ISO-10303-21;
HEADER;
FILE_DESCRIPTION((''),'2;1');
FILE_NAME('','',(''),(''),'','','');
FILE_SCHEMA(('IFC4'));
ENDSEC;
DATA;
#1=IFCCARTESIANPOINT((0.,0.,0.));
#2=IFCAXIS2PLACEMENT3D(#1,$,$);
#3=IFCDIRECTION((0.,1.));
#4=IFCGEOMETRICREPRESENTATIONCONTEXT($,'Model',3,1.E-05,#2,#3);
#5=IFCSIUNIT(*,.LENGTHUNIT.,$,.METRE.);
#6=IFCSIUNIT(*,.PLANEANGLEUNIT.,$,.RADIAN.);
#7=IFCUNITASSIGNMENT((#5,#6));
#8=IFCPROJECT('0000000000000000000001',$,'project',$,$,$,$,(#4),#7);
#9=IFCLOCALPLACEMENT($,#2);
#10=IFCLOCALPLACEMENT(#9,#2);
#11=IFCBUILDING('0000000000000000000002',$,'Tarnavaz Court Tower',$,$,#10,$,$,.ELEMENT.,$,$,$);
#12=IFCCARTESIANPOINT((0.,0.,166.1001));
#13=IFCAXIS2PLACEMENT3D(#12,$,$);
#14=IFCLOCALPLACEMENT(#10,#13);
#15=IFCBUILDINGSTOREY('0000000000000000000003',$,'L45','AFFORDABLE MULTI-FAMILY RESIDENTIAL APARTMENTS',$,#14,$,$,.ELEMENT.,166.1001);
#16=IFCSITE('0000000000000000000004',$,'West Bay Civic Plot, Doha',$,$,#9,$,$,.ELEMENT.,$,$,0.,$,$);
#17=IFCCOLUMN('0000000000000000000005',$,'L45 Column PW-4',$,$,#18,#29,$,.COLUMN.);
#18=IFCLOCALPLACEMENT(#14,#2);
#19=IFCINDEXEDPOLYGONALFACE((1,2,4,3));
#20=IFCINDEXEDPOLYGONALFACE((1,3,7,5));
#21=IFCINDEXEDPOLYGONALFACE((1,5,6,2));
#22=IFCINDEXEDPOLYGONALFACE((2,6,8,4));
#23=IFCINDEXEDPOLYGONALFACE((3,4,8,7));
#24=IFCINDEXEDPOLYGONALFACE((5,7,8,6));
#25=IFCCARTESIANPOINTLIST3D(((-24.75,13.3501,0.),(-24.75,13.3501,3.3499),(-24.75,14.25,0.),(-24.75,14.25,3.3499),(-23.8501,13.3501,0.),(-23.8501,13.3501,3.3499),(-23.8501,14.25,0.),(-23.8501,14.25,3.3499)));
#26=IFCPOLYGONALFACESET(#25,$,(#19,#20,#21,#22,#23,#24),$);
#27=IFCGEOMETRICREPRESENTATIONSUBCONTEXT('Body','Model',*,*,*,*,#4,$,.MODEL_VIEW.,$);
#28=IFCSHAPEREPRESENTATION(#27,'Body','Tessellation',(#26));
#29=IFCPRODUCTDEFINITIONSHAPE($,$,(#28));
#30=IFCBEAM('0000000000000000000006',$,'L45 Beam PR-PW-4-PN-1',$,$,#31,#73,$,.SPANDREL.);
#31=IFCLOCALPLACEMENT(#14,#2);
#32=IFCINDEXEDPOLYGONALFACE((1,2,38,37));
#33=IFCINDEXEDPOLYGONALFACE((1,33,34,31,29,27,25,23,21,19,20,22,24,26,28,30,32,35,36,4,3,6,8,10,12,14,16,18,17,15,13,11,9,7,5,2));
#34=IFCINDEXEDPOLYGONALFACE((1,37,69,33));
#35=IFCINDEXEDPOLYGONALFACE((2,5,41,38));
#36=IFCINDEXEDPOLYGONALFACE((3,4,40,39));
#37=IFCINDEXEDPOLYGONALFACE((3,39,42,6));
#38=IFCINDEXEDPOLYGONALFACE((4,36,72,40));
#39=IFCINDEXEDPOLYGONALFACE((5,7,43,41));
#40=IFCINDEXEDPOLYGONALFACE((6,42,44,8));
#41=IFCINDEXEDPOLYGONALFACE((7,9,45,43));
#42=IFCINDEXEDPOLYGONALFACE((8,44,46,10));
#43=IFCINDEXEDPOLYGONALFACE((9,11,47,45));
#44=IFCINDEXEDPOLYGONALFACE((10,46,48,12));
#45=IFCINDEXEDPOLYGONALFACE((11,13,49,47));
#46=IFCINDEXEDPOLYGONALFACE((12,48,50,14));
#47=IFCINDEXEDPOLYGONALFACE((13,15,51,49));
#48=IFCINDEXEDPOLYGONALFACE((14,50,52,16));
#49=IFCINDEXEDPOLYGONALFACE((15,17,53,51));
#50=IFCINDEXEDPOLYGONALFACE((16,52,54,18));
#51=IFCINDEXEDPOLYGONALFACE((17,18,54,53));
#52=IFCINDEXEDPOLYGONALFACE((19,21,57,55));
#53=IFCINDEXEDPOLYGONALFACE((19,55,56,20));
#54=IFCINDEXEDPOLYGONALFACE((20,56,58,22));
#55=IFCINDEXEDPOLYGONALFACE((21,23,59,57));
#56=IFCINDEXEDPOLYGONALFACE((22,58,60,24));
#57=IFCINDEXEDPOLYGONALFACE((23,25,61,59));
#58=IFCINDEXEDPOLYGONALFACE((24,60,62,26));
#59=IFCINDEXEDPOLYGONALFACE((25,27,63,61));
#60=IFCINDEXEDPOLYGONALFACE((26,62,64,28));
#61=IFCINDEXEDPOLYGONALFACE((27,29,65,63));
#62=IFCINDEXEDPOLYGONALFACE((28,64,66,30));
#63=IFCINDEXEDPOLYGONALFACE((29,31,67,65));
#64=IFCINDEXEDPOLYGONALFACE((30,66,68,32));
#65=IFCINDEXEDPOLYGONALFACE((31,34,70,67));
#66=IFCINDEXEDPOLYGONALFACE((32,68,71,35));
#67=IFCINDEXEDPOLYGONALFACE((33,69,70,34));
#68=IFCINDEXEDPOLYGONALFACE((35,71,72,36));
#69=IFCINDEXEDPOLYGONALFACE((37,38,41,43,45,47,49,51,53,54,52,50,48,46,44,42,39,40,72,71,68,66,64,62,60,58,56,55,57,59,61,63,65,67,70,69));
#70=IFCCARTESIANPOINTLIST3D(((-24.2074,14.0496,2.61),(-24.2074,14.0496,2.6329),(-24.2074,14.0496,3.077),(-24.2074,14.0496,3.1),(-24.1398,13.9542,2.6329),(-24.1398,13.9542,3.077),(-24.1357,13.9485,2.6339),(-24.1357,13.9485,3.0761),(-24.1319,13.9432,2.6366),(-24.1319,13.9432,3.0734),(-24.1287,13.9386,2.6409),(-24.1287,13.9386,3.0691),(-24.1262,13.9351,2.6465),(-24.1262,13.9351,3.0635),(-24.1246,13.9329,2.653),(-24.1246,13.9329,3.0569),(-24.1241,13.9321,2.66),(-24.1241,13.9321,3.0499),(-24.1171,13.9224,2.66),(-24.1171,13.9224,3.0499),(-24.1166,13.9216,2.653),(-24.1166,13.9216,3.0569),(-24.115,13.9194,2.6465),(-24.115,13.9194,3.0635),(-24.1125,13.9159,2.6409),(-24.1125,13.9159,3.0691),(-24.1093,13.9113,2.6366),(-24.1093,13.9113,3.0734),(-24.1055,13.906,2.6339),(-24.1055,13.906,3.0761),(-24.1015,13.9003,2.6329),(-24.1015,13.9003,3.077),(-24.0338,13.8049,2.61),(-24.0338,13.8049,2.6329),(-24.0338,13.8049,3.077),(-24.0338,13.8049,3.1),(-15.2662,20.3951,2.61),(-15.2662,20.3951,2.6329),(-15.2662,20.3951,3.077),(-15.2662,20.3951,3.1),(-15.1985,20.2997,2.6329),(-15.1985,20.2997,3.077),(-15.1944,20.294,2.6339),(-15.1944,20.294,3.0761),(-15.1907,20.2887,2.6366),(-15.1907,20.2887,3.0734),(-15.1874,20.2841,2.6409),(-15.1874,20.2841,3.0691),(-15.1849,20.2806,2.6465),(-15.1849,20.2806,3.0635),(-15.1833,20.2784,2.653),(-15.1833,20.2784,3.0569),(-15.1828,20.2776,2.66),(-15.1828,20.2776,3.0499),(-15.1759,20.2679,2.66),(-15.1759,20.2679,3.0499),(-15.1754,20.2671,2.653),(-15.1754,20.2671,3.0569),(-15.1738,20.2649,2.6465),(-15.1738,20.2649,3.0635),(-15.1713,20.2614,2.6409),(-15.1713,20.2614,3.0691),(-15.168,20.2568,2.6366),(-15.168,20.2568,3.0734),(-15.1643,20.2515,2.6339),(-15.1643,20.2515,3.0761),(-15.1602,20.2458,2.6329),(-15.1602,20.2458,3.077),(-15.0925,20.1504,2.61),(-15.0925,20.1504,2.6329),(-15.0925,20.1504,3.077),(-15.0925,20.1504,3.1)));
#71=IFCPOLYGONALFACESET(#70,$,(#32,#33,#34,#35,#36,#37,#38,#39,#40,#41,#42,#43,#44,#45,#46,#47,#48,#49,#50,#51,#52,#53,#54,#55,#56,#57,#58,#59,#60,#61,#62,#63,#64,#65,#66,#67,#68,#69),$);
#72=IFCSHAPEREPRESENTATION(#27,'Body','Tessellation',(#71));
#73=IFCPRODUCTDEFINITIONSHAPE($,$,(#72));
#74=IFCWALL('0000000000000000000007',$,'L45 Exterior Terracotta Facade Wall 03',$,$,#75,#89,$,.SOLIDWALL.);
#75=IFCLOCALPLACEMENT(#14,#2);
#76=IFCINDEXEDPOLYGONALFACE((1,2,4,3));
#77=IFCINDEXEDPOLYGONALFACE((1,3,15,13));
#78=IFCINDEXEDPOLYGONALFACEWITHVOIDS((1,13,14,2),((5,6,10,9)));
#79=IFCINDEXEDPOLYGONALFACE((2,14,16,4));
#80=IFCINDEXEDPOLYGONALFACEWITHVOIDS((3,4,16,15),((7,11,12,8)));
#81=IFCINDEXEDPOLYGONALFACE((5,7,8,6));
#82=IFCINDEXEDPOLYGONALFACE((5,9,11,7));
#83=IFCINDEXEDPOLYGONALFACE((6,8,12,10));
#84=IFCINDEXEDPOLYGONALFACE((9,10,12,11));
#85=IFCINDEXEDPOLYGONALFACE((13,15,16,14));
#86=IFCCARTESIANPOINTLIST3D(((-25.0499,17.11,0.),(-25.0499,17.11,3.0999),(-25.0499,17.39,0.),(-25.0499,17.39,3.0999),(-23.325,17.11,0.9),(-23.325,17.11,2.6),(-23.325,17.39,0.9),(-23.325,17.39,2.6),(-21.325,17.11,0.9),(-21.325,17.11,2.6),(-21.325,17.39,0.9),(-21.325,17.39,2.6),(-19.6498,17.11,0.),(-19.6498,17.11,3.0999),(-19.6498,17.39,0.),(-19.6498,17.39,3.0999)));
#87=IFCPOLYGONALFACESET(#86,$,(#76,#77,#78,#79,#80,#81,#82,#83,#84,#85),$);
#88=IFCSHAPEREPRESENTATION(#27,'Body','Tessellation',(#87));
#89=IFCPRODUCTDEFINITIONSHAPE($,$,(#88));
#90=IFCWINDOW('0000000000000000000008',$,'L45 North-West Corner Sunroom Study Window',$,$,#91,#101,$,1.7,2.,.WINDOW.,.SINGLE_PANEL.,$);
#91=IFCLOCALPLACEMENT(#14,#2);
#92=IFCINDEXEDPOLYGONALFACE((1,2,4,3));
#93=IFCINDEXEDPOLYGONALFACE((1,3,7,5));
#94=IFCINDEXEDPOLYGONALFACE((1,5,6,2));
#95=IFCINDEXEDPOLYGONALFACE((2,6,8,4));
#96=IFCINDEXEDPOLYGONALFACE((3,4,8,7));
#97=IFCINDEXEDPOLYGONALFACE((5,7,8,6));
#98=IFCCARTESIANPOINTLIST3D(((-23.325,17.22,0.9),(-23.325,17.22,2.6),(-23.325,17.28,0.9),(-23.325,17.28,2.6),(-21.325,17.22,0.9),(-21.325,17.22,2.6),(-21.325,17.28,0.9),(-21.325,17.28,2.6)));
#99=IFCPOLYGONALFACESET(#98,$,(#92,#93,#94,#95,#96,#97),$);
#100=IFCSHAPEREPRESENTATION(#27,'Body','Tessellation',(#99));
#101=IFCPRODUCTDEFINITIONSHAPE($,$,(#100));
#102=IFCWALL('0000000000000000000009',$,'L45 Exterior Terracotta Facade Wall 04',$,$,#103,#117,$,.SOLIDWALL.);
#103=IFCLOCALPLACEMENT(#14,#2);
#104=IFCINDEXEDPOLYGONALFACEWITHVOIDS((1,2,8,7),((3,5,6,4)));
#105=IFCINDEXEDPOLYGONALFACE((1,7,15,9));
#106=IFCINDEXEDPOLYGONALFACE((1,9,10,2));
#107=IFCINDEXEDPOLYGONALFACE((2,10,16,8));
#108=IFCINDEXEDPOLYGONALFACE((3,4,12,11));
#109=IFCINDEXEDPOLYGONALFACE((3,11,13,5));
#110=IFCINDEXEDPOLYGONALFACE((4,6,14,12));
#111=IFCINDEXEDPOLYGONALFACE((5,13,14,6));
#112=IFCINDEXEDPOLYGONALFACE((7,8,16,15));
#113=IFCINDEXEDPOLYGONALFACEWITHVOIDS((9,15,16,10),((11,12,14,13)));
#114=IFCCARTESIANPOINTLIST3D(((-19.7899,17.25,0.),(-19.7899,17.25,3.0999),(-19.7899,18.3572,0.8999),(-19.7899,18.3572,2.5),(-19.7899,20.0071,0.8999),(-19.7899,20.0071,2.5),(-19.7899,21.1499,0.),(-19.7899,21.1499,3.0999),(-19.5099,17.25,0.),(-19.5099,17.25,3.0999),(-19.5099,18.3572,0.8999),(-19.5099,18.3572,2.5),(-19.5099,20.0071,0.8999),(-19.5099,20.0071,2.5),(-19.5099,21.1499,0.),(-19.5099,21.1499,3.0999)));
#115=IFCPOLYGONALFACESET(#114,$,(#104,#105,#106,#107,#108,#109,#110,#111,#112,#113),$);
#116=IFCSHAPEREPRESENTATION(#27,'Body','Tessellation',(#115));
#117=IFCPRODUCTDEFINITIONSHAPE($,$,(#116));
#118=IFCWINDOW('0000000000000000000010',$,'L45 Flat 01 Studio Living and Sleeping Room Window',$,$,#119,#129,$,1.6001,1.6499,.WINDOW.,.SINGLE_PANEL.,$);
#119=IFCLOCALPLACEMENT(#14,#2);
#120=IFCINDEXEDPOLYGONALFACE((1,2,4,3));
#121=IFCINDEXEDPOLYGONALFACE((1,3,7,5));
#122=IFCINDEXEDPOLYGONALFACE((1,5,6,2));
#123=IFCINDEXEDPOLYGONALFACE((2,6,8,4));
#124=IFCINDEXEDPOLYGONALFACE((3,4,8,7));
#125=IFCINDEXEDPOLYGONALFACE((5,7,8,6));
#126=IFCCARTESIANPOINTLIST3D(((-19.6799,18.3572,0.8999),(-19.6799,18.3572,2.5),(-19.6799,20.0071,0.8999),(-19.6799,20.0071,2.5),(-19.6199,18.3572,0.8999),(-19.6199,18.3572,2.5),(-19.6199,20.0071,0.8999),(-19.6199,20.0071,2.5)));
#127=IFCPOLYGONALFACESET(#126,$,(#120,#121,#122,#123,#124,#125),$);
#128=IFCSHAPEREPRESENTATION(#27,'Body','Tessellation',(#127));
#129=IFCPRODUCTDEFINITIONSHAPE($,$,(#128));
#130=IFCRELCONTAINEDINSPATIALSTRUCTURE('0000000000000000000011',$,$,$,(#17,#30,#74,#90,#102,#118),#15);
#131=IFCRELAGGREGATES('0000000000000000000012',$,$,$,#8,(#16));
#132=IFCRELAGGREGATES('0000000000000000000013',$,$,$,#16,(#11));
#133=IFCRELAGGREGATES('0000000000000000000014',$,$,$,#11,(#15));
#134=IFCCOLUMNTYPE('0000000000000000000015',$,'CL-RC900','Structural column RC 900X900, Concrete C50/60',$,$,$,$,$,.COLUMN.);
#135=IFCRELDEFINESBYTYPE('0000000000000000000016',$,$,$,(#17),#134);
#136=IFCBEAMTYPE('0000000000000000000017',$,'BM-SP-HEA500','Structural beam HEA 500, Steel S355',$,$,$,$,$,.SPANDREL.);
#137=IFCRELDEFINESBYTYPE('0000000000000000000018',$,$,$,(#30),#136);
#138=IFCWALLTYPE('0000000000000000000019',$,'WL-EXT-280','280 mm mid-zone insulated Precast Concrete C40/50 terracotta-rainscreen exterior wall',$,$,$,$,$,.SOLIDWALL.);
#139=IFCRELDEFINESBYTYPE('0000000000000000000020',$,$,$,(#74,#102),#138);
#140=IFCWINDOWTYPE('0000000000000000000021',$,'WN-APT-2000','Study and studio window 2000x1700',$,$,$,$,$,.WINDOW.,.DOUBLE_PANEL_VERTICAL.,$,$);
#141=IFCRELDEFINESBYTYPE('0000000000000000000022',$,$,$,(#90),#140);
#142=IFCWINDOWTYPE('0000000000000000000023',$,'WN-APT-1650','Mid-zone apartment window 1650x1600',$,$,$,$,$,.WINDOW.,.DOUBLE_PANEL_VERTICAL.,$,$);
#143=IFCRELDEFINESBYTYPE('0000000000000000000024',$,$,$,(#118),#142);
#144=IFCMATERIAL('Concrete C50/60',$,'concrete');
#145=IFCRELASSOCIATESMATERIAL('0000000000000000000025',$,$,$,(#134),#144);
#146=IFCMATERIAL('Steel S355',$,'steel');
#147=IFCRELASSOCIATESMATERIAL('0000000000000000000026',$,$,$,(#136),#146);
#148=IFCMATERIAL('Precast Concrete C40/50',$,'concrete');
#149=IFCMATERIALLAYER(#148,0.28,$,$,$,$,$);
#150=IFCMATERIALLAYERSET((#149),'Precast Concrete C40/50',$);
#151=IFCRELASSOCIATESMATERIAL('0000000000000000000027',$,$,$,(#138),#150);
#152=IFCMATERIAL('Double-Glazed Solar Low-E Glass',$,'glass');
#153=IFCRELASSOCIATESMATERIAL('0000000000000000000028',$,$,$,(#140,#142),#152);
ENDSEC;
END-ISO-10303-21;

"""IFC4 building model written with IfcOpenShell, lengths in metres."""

from ifc_helpers import new_model, si_unit, direction, frame, frame_2d, origin, origin_2d, place, context, subcontext, project, spatial, rectangle, i_section, extrude, material, layer, layer_set, material_profile, profile_set, type_object, element, fill, save


model = new_model("IFC4")

# Units and contexts
model_context = context("Model", 3, precision=1e-05, world=origin(), true_north=direction((0.0, 1.0)))
body_context = subcontext(model_context, "Body", "Model", "MODEL_VIEW")
ifc_project = project(units=[si_unit("LENGTHUNIT", "METRE"), si_unit("PLANEANGLEUNIT", "RADIAN")], contexts=[model_context])

# Site, building, storey
site_placement = place(None, origin())
site = spatial("IfcSite", under=ifc_project, at=site_placement, Name="West Bay Civic Plot, Doha", CompositionType="ELEMENT", RefElevation=0.0)
building_placement = place(site_placement, origin())
building = spatial("IfcBuilding", under=site, at=building_placement, Name="Tarnavaz Court Tower", CompositionType="ELEMENT")
storey_placement = place(building_placement, frame((0.0, 0.0, 166.1001)))
storey = spatial("IfcBuildingStorey", under=building, at=storey_placement, Name="L45", Description="AFFORDABLE MULTI-FAMILY RESIDENTIAL APARTMENTS", CompositionType="ELEMENT", Elevation=166.1001)

# Column
ifc_material_1 = material(Name="Concrete C50/60", Category="concrete")
ifc_material_profile_1 = material_profile(ifc_material_1, rectangle(XDim=0.8999, YDim=0.8999, at=origin_2d()), Name="RC 900X900")
ifc_profile_set_1 = profile_set([ifc_material_profile_1], Name="Concrete C50/60")
column_type = type_object("IfcColumnType", Name="CL-RC900", Description="Structural column RC 900X900, Concrete C50/60", PredefinedType="COLUMN", material=ifc_profile_set_1)
column_placement = place(storey_placement, frame((-24.3, 13.8, 0.0), z_axis=(0.0, 0.0, 1.0), x_axis=(1.0, 0.0, 0.0)))
element("IfcColumn", 1, at=column_placement, inside=storey, type_object=column_type, Name="L45 Column PW-4", PredefinedType="COLUMN", context=body_context, shape_type="SweptSolid", body=[
    extrude(rectangle(XDim=0.8999, YDim=0.8999, at=origin_2d()), origin(), (0.0, 0.0, 1.0), 3.3499),
])

# Beam
ifc_material_2 = material(Name="Steel S355", Category="steel")
ifc_material_profile_2 = material_profile(ifc_material_2, i_section(OverallWidth=0.3, OverallDepth=0.49, WebThickness=0.012, FlangeThickness=0.0229, FilletRadius=0.0271, at=origin_2d()), Name="HEA 500")
ifc_profile_set_2 = profile_set([ifc_material_profile_2], Name="Steel S355")
beam_type = type_object("IfcBeamType", Name="BM-SP-HEA500", Description="Structural beam HEA 500, Steel S355", PredefinedType="SPANDREL", material=ifc_profile_set_2)
beam_placement = place(storey_placement, frame((-24.1206, 13.9272, 2.855), z_axis=(0.815502, 0.578754, 0.0), x_axis=(-0.578754, 0.815502, 0.0)))
element("IfcBeam", 2, at=beam_placement, inside=storey, type_object=beam_type, Name="L45 Beam PR-PW-4-PN-1", PredefinedType="SPANDREL", context=body_context, shape_type="SweptSolid", body=[
    extrude(i_section(OverallWidth=0.3, OverallDepth=0.49, WebThickness=0.012, FlangeThickness=0.0229, FilletRadius=0.0271, at=origin_2d()), origin(), (0.0, 0.0, 1.0), 10.9641),
])

# Walls, openings, windows
ifc_material_3 = material(Name="Precast Concrete C40/50", Category="concrete")
ifc_layer_1 = layer(ifc_material_3, 0.28)
ifc_layer_set_1 = layer_set([ifc_layer_1], Name="Precast Concrete C40/50")
wall_type_1 = type_object("IfcWallType", Name="WL-EXT-280", Description="280 mm mid-zone insulated Precast Concrete C40/50 terracotta-rainscreen exterior wall", PredefinedType="SOLIDWALL", material=ifc_layer_set_1)
wall_1_placement = place(storey_placement, frame((-25.05, 17.25, 0.0), z_axis=(0.0, 0.0, 1.0), x_axis=(1.0, 0.0, 0.0)))
wall_1 = element("IfcWall", 3, at=wall_1_placement, inside=storey, type_object=wall_type_1, Name="L45 Exterior Terracotta Facade Wall 03", PredefinedType="SOLIDWALL", context=body_context, shape_type="SweptSolid", body=[
    extrude(rectangle(XDim=5.4001, YDim=0.28, at=frame_2d((2.7002, 0.0))), origin(), (0.0, 0.0, 1.0), 3.0999),
])
opening_1_placement = place(wall_1_placement, frame((1.7251, 0.0, 0.8999)))
opening_1 = element("IfcOpeningElement", 4, at=opening_1_placement, cuts=wall_1, PredefinedType="OPENING", context=body_context, shape_type="SweptSolid", body=[
    extrude(rectangle(XDim=2.0, YDim=1.7, at=frame_2d((1.0, 0.8501))), frame((0.0, 0.1499, 0.0), z_axis=(0.0, -1.0, 0.0), x_axis=(1.0, 0.0, 0.0)), (0.0, 0.0, 1.0), 0.3),
])
ifc_material_4 = material(Name="Double-Glazed Solar Low-E Glass", Category="glass")
window_type_1 = type_object("IfcWindowType", Name="WN-APT-2000", Description="Study and studio window 2000x1700", PartitioningType="DOUBLE_PANEL_VERTICAL", PredefinedType="WINDOW", material=ifc_material_4)
window_1_placement = place(opening_1_placement, origin())
window_1 = element("IfcWindow", 5, at=window_1_placement, inside=storey, type_object=window_type_1, Name="L45 North-West Corner Sunroom Study Window", OverallHeight=1.7, OverallWidth=2.0, PartitioningType="SINGLE_PANEL", PredefinedType="WINDOW", context=body_context, shape_type="SweptSolid", body=[
    extrude(rectangle(XDim=2.0, YDim=1.7, at=frame_2d((1.0, 0.8501))), frame((0.0, 0.03, 0.0), z_axis=(0.0, -1.0, 0.0), x_axis=(1.0, 0.0, 0.0)), (0.0, 0.0, 1.0), 0.0601),
])
fill(opening_1, window_1)
wall_2_placement = place(storey_placement, frame((-19.6499, 17.25, 0.0), z_axis=(0.0, 0.0, 1.0), x_axis=(0.0, 1.0, 0.0)))
wall_2 = element("IfcWall", 6, at=wall_2_placement, inside=storey, type_object=wall_type_1, Name="L45 Exterior Terracotta Facade Wall 04", PredefinedType="SOLIDWALL", context=body_context, shape_type="SweptSolid", body=[
    extrude(rectangle(XDim=3.8999, YDim=0.28, at=frame_2d((1.95, 0.0))), origin(), (0.0, 0.0, 1.0), 3.0999),
])
opening_2_placement = place(wall_2_placement, frame((1.1072, 0.0, 0.8999)))
opening_2 = element("IfcOpeningElement", 7, at=opening_2_placement, cuts=wall_2, PredefinedType="OPENING", context=body_context, shape_type="SweptSolid", body=[
    extrude(rectangle(XDim=1.6499, YDim=1.6001, at=frame_2d((0.825, 0.8))), frame((0.0, 0.1499, 0.0), z_axis=(0.0, -1.0, 0.0), x_axis=(1.0, 0.0, 0.0)), (0.0, 0.0, 1.0), 0.3),
])
window_type_2 = type_object("IfcWindowType", Name="WN-APT-1650", Description="Mid-zone apartment window 1650x1600", PartitioningType="DOUBLE_PANEL_VERTICAL", PredefinedType="WINDOW", material=ifc_material_4)
window_2_placement = place(opening_2_placement, origin())
window_2 = element("IfcWindow", 8, at=window_2_placement, inside=storey, type_object=window_type_2, Name="L45 Flat 01 Studio Living and Sleeping Room Window", OverallHeight=1.6001, OverallWidth=1.6499, PartitioningType="SINGLE_PANEL", PredefinedType="WINDOW", context=body_context, shape_type="SweptSolid", body=[
    extrude(rectangle(XDim=1.6499, YDim=1.6001, at=frame_2d((0.825, 0.8))), frame((0.0, 0.03, 0.0), z_axis=(0.0, -1.0, 0.0), x_axis=(1.0, 0.0, 0.0)), (0.0, 0.0, 1.0), 0.0601),
])
fill(opening_2, window_2)

save(model, "model.ifc")
